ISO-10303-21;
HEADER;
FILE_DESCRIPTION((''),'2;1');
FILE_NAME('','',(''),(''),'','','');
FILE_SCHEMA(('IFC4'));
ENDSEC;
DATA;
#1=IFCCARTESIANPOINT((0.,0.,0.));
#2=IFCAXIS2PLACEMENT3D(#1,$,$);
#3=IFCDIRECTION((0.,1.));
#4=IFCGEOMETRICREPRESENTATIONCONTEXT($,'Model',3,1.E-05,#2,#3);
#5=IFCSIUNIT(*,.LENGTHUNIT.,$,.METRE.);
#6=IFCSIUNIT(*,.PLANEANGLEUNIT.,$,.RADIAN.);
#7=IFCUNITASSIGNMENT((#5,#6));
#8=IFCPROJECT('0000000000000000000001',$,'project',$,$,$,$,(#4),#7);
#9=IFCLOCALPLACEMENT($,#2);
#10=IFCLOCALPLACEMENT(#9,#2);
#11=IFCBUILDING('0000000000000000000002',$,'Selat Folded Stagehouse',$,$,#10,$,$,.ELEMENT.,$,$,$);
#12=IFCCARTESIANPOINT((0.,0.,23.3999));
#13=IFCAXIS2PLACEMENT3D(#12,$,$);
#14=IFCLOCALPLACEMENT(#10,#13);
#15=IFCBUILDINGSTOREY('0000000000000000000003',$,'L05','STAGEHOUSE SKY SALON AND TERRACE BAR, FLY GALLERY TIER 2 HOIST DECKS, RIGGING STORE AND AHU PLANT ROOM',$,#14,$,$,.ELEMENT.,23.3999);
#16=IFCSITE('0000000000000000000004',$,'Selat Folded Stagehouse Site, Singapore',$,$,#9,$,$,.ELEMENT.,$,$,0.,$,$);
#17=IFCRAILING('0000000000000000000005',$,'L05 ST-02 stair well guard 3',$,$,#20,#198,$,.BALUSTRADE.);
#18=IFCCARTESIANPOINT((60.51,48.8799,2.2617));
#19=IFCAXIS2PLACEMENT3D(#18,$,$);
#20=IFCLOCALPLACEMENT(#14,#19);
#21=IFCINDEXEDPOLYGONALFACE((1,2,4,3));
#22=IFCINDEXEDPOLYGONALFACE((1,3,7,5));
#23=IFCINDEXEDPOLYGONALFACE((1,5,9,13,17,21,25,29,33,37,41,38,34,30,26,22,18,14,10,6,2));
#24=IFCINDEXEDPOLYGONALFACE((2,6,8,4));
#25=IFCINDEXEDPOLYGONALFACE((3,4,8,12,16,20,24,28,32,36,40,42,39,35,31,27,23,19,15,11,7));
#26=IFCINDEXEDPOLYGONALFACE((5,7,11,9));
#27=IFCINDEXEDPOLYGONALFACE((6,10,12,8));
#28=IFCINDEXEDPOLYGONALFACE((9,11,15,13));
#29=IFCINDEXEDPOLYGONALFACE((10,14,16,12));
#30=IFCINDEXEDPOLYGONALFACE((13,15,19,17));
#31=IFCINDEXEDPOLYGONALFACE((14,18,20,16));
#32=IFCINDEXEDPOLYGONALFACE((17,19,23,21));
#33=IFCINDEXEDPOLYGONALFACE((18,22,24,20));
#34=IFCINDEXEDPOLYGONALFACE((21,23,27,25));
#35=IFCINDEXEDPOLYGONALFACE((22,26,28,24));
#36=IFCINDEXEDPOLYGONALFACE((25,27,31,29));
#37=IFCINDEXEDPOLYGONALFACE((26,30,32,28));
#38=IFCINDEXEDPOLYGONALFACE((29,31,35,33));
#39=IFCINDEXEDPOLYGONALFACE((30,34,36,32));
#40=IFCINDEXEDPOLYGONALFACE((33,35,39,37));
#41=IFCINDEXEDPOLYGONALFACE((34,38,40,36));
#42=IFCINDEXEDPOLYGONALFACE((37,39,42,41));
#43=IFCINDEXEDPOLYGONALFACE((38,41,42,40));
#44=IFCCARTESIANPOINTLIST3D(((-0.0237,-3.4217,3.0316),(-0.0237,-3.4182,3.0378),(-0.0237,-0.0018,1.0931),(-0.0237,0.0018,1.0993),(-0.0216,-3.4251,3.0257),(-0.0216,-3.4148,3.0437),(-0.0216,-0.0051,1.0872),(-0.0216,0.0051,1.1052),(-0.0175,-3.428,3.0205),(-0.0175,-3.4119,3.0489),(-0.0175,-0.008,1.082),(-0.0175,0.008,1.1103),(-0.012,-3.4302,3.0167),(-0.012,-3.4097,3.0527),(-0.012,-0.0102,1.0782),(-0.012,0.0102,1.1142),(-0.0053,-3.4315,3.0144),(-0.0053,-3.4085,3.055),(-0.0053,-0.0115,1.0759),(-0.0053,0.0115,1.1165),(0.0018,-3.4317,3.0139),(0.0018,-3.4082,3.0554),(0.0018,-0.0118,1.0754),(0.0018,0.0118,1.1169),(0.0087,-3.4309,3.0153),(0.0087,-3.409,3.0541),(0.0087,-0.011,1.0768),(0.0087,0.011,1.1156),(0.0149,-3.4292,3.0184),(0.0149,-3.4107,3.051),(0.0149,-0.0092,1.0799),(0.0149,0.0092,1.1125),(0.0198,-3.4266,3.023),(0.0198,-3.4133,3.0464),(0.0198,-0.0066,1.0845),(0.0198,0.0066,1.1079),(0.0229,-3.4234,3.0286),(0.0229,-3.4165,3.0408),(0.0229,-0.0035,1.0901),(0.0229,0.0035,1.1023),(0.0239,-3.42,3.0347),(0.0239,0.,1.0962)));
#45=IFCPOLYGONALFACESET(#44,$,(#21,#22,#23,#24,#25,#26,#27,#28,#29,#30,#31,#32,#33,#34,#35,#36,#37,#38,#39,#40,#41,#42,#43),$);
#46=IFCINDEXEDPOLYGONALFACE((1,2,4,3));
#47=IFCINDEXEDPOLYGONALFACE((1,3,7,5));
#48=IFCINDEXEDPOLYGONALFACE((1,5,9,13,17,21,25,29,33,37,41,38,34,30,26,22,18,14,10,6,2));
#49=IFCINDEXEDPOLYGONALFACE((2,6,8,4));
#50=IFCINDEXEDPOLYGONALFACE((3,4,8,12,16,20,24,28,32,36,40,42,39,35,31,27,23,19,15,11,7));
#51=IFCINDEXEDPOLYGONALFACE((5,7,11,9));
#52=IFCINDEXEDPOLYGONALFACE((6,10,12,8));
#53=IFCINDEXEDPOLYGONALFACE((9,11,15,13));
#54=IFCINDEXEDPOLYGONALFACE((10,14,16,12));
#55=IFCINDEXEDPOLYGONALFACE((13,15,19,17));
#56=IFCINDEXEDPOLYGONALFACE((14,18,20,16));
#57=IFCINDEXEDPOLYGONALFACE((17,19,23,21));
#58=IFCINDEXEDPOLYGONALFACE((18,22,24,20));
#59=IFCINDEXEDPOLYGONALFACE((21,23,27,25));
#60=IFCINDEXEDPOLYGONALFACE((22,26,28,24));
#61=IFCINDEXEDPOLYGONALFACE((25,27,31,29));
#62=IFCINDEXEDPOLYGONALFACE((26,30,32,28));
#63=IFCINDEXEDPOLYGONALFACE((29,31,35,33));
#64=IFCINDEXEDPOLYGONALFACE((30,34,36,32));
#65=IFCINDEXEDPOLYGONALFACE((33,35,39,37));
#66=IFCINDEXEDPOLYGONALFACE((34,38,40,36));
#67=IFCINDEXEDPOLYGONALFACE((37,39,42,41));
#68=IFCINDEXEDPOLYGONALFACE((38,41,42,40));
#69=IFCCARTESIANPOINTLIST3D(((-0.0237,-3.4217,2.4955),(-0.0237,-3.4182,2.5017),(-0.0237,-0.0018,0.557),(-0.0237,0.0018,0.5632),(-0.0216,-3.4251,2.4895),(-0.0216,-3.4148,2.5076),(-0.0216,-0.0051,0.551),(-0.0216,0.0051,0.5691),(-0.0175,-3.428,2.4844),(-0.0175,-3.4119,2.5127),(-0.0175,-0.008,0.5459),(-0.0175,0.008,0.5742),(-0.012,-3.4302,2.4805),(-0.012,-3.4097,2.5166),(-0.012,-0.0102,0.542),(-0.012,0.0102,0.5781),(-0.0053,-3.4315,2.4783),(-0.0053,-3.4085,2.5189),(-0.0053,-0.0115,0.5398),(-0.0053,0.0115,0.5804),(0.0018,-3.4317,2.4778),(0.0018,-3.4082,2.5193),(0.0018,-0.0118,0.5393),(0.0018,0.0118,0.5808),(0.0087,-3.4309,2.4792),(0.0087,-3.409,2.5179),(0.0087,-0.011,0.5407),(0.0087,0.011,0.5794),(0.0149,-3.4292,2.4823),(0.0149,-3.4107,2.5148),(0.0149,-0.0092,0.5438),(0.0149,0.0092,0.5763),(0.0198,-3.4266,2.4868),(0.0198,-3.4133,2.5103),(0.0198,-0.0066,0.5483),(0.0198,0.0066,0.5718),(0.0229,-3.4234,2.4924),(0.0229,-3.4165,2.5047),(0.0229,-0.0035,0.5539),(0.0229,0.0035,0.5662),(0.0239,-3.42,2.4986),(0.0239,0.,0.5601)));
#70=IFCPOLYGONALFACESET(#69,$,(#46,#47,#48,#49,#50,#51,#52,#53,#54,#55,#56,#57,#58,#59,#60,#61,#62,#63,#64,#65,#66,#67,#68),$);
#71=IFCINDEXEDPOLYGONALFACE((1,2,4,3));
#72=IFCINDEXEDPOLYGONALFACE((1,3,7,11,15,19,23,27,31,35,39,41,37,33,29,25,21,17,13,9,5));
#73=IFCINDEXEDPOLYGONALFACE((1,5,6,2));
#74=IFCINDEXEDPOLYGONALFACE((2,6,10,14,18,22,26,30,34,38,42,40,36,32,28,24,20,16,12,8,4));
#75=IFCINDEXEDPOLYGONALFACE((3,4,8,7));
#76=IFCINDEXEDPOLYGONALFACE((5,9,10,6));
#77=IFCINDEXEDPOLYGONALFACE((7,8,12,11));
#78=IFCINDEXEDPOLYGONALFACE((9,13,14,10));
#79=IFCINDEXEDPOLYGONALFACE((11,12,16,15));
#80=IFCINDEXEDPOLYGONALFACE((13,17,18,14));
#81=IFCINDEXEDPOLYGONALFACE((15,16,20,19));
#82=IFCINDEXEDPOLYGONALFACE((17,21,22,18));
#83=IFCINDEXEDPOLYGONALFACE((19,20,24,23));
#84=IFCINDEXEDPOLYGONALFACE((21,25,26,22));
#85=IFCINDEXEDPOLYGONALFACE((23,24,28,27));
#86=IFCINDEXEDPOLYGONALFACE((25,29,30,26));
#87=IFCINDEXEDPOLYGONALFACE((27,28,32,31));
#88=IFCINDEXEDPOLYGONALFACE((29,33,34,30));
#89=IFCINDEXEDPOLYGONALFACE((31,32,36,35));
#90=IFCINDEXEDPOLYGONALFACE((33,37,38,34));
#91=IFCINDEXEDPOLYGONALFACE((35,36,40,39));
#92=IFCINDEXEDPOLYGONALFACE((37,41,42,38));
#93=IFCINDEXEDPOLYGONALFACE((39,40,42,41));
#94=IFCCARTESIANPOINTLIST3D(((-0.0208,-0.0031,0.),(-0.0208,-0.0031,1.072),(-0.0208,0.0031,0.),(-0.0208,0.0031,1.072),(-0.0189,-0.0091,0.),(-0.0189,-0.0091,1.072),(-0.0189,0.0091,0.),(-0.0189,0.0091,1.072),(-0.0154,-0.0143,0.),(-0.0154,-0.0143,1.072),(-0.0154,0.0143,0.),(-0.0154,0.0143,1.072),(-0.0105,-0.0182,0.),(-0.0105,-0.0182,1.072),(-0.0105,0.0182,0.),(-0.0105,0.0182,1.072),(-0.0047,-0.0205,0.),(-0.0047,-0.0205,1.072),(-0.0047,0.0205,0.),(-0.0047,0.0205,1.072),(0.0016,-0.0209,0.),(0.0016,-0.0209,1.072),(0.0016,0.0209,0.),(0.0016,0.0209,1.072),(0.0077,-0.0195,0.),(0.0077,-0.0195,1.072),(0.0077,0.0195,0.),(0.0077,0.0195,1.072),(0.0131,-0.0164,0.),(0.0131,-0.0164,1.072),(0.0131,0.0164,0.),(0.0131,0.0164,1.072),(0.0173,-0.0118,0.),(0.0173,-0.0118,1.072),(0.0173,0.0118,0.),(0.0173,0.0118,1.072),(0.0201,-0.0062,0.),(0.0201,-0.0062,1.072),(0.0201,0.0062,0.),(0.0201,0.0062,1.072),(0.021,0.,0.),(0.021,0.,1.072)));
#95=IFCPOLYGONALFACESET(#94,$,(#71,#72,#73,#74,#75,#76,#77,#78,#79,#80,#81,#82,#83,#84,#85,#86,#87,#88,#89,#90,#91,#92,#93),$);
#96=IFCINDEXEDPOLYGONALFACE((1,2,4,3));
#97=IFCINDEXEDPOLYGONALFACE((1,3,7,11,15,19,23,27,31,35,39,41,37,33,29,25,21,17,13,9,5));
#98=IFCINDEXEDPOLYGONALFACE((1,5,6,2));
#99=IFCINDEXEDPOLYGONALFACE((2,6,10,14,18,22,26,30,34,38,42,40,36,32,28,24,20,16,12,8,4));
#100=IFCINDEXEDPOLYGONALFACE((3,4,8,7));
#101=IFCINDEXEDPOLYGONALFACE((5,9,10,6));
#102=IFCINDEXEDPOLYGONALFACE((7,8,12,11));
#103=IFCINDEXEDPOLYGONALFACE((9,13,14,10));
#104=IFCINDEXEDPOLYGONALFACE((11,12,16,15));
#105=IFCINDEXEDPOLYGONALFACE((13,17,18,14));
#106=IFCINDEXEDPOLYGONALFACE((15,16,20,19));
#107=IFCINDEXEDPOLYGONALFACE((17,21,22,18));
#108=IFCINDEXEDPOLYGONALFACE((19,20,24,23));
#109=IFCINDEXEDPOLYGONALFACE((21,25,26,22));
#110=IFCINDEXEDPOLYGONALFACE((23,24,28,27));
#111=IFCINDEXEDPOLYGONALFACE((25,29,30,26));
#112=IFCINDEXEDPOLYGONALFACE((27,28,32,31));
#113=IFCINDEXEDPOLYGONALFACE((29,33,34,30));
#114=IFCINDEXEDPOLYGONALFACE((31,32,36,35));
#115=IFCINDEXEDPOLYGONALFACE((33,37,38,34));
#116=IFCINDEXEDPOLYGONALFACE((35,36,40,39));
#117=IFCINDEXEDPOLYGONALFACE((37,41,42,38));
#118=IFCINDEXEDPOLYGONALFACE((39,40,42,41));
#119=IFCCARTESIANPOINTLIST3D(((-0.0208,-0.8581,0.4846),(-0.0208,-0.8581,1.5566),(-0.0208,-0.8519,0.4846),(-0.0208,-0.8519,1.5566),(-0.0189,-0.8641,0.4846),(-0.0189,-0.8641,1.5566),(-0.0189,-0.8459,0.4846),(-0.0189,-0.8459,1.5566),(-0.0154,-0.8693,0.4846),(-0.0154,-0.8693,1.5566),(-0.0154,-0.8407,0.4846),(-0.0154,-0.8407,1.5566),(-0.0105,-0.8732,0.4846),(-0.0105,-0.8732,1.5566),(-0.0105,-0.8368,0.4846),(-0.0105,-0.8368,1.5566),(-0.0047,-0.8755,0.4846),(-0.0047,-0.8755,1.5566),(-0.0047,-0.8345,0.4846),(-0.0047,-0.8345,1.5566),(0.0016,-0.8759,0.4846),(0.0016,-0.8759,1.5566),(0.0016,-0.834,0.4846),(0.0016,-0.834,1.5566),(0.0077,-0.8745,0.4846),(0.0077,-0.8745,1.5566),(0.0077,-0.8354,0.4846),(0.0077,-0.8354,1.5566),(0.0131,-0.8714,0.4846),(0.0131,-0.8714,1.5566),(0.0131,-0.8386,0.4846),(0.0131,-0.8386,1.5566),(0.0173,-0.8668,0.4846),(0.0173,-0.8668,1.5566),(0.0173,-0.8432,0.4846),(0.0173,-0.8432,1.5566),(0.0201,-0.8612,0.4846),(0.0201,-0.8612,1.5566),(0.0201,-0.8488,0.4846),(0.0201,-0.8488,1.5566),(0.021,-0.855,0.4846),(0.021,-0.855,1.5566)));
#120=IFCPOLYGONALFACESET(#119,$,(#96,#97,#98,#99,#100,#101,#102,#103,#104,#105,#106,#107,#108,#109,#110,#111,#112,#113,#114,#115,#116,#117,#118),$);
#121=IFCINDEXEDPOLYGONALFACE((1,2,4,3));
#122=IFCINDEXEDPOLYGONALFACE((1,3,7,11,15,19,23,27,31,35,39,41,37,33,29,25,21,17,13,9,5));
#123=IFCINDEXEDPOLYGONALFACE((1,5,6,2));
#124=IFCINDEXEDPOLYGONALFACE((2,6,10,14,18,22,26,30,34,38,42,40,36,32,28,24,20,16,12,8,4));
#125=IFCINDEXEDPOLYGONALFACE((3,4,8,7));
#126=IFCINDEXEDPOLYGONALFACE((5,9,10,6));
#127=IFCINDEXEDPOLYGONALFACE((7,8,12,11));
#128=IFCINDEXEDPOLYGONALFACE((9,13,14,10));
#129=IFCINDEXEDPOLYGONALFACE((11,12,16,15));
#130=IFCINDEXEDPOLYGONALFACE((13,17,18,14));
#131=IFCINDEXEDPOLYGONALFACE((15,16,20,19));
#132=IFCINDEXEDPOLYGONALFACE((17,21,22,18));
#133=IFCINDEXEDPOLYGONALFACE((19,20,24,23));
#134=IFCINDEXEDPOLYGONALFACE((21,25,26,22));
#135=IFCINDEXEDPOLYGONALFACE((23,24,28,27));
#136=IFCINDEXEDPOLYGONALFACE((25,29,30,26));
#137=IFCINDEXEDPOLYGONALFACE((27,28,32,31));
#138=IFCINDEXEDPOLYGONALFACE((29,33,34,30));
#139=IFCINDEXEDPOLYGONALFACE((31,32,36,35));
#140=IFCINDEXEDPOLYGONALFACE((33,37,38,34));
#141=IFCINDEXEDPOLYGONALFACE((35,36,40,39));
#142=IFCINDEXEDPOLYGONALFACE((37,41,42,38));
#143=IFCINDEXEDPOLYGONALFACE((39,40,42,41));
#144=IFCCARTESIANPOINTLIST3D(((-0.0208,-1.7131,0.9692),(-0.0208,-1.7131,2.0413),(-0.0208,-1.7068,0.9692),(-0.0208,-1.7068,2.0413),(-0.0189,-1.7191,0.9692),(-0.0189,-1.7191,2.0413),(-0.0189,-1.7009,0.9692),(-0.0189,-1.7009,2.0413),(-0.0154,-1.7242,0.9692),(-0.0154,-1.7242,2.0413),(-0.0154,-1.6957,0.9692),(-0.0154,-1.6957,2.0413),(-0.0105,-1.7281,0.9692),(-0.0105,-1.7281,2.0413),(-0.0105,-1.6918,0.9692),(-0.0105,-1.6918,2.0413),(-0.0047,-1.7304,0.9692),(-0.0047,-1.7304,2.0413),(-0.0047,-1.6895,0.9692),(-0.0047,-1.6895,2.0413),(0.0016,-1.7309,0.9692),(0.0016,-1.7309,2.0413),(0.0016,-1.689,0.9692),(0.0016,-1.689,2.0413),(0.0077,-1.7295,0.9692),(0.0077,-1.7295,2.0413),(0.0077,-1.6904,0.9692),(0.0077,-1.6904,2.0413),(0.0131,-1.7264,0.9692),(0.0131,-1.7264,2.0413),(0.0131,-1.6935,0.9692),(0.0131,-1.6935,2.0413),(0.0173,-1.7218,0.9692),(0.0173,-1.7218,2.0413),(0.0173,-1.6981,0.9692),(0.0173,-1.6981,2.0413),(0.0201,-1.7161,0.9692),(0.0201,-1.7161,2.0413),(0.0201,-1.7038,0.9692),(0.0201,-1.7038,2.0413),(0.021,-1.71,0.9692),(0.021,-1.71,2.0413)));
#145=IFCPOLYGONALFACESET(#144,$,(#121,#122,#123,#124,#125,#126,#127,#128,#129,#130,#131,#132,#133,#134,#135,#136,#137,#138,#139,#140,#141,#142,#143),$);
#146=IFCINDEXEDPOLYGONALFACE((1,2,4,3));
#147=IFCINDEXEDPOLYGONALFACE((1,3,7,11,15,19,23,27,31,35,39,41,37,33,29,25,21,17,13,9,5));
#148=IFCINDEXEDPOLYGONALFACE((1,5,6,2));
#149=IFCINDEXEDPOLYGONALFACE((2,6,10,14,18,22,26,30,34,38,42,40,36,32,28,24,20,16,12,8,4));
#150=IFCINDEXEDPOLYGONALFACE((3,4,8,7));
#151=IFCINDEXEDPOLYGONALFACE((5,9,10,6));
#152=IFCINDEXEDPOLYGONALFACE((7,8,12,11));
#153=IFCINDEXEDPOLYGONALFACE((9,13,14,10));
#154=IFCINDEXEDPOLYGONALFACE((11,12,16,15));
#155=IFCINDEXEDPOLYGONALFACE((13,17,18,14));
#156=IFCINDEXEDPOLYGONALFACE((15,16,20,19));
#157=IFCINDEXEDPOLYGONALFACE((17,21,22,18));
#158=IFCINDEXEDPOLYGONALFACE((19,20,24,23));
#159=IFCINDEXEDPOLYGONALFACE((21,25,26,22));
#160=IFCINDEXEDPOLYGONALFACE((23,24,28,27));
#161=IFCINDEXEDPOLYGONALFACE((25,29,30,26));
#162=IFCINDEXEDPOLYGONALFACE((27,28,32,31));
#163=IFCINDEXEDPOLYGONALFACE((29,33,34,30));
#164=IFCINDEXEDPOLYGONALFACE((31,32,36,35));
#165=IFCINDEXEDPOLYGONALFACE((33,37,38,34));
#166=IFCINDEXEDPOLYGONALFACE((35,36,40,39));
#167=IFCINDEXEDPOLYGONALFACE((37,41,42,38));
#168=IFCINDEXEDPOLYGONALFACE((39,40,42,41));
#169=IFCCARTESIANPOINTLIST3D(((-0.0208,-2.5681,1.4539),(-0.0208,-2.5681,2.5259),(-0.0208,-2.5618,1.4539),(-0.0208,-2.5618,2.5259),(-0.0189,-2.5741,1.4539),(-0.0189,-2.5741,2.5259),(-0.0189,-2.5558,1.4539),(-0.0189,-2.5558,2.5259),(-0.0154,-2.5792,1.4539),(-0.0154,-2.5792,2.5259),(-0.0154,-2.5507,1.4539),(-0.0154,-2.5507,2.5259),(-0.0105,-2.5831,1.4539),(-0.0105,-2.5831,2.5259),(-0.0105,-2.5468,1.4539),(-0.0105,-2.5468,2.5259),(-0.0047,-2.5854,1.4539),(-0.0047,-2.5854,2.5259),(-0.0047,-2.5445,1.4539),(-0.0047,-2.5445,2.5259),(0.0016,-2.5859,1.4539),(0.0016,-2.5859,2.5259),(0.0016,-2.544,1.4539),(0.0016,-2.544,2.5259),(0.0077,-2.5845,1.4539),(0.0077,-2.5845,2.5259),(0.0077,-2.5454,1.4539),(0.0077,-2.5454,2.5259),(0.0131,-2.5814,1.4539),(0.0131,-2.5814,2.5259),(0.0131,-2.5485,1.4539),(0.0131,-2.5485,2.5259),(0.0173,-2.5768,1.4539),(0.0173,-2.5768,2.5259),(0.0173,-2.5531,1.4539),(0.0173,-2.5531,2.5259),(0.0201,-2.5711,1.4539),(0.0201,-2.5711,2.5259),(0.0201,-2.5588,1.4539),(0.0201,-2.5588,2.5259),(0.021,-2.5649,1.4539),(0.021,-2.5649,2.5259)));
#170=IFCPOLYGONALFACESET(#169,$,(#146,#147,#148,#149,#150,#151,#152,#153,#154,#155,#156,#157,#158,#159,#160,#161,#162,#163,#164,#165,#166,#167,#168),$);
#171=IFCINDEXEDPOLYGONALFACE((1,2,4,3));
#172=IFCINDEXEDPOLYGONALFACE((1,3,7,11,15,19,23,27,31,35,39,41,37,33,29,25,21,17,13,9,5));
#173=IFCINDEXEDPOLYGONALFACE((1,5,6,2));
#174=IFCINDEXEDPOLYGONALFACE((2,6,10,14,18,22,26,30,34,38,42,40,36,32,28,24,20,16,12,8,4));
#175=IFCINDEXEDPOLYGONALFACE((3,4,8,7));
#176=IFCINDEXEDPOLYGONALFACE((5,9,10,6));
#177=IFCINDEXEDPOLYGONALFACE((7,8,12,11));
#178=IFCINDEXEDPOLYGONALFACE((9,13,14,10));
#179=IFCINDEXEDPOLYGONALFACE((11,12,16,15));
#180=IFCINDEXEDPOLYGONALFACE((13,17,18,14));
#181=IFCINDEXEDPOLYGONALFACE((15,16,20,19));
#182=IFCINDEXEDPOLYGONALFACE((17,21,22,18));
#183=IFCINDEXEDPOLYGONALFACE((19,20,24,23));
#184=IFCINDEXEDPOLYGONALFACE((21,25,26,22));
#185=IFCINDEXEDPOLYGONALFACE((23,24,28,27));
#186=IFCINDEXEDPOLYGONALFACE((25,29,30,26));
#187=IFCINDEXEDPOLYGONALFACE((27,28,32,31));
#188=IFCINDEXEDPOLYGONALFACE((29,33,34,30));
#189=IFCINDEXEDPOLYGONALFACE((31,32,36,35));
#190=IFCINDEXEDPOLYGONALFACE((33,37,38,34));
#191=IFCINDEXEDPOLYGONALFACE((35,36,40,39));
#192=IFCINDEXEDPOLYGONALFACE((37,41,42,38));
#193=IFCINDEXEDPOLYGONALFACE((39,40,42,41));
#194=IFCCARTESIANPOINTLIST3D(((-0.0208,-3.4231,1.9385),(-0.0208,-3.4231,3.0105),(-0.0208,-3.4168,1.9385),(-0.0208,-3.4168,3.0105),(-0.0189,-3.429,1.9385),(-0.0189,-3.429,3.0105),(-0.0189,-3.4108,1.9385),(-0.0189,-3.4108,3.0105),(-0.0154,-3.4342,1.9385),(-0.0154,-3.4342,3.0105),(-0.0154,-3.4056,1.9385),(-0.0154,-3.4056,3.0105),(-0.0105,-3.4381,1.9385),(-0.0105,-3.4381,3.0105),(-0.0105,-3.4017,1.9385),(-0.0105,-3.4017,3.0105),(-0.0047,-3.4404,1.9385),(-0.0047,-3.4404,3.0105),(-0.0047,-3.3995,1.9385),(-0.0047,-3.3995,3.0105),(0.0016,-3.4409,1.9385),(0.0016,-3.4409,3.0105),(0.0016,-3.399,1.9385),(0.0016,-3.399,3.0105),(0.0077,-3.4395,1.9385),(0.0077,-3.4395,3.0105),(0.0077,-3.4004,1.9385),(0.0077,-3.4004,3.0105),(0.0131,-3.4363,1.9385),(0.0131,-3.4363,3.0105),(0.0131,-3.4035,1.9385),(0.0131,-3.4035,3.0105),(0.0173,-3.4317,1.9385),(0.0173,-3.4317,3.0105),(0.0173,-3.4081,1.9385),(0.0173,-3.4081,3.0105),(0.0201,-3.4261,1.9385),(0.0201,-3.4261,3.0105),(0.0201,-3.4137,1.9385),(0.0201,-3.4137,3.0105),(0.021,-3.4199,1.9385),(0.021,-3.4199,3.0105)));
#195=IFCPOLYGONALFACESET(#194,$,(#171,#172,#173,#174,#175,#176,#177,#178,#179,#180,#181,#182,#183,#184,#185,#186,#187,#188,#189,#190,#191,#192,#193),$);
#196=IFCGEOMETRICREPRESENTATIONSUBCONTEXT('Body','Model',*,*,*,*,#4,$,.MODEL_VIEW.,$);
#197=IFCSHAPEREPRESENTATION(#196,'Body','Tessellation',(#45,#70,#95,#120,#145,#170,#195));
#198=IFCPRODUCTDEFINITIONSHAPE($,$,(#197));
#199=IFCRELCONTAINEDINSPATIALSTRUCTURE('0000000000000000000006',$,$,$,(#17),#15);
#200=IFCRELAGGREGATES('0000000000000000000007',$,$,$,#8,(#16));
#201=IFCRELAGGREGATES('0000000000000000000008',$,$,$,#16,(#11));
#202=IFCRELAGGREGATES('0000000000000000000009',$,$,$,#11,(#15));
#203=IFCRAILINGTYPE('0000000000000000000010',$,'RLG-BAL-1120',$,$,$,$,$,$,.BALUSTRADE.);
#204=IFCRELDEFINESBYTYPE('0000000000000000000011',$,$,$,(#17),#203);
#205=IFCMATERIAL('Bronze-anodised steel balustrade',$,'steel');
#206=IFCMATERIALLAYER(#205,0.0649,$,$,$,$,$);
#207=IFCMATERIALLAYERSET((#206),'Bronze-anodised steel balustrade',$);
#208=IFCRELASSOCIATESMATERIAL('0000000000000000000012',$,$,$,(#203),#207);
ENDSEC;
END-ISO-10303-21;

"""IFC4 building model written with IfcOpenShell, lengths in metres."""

from ifc_helpers import new_model, si_unit, direction, frame, origin, origin_2d, place, context, subcontext, project, spatial, circle, extrude, material, layer, layer_set, type_object, element, save


model = new_model("IFC4")

# Units and contexts
model_context = context("Model", 3, precision=1e-05, world=origin(), true_north=direction((0.0, 1.0)))
body_context = subcontext(model_context, "Body", "Model", "MODEL_VIEW")
ifc_project = project(units=[si_unit("LENGTHUNIT", "METRE"), si_unit("PLANEANGLEUNIT", "RADIAN")], contexts=[model_context])

# Site, building, storey
site_placement = place(None, origin())
site = spatial("IfcSite", under=ifc_project, at=site_placement, Name="Selat Folded Stagehouse Site, Singapore", CompositionType="ELEMENT", RefElevation=0.0)
building_placement = place(site_placement, origin())
building = spatial("IfcBuilding", under=site, at=building_placement, Name="Selat Folded Stagehouse", CompositionType="ELEMENT")
storey_placement = place(building_placement, frame((0.0, 0.0, 23.3999)))
storey = spatial("IfcBuildingStorey", under=building, at=storey_placement, Name="L05", Description="STAGEHOUSE SKY SALON AND TERRACE BAR, FLY GALLERY TIER 2 HOIST DECKS, RIGGING STORE AND AHU PLANT ROOM", CompositionType="ELEMENT", Elevation=23.3999)

# Railing
ifc_material_1 = material(Name="Bronze-anodised steel balustrade", Category="steel")
ifc_layer_1 = layer(ifc_material_1, 0.0649)
ifc_layer_set_1 = layer_set([ifc_layer_1], Name="Bronze-anodised steel balustrade")
railing_type_1 = type_object("IfcRailingType", Name="RLG-BAL-1120", PredefinedType="BALUSTRADE", material=ifc_layer_set_1)
railing_1_placement = place(storey_placement, frame((60.51, 48.8799, 2.2617)))
element("IfcRailing", 1, at=railing_1_placement, inside=storey, type_object=railing_type_1, Name="L05 ST-02 stair well guard 3", PredefinedType="BALUSTRADE", context=body_context, shape_type="SweptSolid", body=[
    extrude(circle(Radius=0.0239, at=origin_2d()), frame((0.0, 0.0, 1.0962), z_axis=(0.0, -0.869965, 0.493113), x_axis=(1.0, 0.0, 0.0)), (0.0, 0.0, 1.0), 3.9312),
    extrude(circle(Radius=0.0239, at=origin_2d()), frame((0.0, 0.0, 0.5601), z_axis=(0.0, -0.869965, 0.493113), x_axis=(1.0, 0.0, 0.0)), (0.0, 0.0, 1.0), 3.9312),
    extrude(circle(Radius=0.021, at=origin_2d()), origin(), (0.0, 0.0, 1.0), 1.072),
    extrude(circle(Radius=0.021, at=origin_2d()), frame((0.0, -0.855, 0.4846)), (0.0, 0.0, 1.0), 1.072),
    extrude(circle(Radius=0.021, at=origin_2d()), frame((0.0, -1.71, 0.9692)), (0.0, 0.0, 1.0), 1.072),
    extrude(circle(Radius=0.021, at=origin_2d()), frame((0.0, -2.5649, 1.4539)), (0.0, 0.0, 1.0), 1.072),
    extrude(circle(Radius=0.021, at=origin_2d()), frame((0.0, -3.4199, 1.9385)), (0.0, 0.0, 1.0), 1.072),
])

save(model, "model.ifc")
